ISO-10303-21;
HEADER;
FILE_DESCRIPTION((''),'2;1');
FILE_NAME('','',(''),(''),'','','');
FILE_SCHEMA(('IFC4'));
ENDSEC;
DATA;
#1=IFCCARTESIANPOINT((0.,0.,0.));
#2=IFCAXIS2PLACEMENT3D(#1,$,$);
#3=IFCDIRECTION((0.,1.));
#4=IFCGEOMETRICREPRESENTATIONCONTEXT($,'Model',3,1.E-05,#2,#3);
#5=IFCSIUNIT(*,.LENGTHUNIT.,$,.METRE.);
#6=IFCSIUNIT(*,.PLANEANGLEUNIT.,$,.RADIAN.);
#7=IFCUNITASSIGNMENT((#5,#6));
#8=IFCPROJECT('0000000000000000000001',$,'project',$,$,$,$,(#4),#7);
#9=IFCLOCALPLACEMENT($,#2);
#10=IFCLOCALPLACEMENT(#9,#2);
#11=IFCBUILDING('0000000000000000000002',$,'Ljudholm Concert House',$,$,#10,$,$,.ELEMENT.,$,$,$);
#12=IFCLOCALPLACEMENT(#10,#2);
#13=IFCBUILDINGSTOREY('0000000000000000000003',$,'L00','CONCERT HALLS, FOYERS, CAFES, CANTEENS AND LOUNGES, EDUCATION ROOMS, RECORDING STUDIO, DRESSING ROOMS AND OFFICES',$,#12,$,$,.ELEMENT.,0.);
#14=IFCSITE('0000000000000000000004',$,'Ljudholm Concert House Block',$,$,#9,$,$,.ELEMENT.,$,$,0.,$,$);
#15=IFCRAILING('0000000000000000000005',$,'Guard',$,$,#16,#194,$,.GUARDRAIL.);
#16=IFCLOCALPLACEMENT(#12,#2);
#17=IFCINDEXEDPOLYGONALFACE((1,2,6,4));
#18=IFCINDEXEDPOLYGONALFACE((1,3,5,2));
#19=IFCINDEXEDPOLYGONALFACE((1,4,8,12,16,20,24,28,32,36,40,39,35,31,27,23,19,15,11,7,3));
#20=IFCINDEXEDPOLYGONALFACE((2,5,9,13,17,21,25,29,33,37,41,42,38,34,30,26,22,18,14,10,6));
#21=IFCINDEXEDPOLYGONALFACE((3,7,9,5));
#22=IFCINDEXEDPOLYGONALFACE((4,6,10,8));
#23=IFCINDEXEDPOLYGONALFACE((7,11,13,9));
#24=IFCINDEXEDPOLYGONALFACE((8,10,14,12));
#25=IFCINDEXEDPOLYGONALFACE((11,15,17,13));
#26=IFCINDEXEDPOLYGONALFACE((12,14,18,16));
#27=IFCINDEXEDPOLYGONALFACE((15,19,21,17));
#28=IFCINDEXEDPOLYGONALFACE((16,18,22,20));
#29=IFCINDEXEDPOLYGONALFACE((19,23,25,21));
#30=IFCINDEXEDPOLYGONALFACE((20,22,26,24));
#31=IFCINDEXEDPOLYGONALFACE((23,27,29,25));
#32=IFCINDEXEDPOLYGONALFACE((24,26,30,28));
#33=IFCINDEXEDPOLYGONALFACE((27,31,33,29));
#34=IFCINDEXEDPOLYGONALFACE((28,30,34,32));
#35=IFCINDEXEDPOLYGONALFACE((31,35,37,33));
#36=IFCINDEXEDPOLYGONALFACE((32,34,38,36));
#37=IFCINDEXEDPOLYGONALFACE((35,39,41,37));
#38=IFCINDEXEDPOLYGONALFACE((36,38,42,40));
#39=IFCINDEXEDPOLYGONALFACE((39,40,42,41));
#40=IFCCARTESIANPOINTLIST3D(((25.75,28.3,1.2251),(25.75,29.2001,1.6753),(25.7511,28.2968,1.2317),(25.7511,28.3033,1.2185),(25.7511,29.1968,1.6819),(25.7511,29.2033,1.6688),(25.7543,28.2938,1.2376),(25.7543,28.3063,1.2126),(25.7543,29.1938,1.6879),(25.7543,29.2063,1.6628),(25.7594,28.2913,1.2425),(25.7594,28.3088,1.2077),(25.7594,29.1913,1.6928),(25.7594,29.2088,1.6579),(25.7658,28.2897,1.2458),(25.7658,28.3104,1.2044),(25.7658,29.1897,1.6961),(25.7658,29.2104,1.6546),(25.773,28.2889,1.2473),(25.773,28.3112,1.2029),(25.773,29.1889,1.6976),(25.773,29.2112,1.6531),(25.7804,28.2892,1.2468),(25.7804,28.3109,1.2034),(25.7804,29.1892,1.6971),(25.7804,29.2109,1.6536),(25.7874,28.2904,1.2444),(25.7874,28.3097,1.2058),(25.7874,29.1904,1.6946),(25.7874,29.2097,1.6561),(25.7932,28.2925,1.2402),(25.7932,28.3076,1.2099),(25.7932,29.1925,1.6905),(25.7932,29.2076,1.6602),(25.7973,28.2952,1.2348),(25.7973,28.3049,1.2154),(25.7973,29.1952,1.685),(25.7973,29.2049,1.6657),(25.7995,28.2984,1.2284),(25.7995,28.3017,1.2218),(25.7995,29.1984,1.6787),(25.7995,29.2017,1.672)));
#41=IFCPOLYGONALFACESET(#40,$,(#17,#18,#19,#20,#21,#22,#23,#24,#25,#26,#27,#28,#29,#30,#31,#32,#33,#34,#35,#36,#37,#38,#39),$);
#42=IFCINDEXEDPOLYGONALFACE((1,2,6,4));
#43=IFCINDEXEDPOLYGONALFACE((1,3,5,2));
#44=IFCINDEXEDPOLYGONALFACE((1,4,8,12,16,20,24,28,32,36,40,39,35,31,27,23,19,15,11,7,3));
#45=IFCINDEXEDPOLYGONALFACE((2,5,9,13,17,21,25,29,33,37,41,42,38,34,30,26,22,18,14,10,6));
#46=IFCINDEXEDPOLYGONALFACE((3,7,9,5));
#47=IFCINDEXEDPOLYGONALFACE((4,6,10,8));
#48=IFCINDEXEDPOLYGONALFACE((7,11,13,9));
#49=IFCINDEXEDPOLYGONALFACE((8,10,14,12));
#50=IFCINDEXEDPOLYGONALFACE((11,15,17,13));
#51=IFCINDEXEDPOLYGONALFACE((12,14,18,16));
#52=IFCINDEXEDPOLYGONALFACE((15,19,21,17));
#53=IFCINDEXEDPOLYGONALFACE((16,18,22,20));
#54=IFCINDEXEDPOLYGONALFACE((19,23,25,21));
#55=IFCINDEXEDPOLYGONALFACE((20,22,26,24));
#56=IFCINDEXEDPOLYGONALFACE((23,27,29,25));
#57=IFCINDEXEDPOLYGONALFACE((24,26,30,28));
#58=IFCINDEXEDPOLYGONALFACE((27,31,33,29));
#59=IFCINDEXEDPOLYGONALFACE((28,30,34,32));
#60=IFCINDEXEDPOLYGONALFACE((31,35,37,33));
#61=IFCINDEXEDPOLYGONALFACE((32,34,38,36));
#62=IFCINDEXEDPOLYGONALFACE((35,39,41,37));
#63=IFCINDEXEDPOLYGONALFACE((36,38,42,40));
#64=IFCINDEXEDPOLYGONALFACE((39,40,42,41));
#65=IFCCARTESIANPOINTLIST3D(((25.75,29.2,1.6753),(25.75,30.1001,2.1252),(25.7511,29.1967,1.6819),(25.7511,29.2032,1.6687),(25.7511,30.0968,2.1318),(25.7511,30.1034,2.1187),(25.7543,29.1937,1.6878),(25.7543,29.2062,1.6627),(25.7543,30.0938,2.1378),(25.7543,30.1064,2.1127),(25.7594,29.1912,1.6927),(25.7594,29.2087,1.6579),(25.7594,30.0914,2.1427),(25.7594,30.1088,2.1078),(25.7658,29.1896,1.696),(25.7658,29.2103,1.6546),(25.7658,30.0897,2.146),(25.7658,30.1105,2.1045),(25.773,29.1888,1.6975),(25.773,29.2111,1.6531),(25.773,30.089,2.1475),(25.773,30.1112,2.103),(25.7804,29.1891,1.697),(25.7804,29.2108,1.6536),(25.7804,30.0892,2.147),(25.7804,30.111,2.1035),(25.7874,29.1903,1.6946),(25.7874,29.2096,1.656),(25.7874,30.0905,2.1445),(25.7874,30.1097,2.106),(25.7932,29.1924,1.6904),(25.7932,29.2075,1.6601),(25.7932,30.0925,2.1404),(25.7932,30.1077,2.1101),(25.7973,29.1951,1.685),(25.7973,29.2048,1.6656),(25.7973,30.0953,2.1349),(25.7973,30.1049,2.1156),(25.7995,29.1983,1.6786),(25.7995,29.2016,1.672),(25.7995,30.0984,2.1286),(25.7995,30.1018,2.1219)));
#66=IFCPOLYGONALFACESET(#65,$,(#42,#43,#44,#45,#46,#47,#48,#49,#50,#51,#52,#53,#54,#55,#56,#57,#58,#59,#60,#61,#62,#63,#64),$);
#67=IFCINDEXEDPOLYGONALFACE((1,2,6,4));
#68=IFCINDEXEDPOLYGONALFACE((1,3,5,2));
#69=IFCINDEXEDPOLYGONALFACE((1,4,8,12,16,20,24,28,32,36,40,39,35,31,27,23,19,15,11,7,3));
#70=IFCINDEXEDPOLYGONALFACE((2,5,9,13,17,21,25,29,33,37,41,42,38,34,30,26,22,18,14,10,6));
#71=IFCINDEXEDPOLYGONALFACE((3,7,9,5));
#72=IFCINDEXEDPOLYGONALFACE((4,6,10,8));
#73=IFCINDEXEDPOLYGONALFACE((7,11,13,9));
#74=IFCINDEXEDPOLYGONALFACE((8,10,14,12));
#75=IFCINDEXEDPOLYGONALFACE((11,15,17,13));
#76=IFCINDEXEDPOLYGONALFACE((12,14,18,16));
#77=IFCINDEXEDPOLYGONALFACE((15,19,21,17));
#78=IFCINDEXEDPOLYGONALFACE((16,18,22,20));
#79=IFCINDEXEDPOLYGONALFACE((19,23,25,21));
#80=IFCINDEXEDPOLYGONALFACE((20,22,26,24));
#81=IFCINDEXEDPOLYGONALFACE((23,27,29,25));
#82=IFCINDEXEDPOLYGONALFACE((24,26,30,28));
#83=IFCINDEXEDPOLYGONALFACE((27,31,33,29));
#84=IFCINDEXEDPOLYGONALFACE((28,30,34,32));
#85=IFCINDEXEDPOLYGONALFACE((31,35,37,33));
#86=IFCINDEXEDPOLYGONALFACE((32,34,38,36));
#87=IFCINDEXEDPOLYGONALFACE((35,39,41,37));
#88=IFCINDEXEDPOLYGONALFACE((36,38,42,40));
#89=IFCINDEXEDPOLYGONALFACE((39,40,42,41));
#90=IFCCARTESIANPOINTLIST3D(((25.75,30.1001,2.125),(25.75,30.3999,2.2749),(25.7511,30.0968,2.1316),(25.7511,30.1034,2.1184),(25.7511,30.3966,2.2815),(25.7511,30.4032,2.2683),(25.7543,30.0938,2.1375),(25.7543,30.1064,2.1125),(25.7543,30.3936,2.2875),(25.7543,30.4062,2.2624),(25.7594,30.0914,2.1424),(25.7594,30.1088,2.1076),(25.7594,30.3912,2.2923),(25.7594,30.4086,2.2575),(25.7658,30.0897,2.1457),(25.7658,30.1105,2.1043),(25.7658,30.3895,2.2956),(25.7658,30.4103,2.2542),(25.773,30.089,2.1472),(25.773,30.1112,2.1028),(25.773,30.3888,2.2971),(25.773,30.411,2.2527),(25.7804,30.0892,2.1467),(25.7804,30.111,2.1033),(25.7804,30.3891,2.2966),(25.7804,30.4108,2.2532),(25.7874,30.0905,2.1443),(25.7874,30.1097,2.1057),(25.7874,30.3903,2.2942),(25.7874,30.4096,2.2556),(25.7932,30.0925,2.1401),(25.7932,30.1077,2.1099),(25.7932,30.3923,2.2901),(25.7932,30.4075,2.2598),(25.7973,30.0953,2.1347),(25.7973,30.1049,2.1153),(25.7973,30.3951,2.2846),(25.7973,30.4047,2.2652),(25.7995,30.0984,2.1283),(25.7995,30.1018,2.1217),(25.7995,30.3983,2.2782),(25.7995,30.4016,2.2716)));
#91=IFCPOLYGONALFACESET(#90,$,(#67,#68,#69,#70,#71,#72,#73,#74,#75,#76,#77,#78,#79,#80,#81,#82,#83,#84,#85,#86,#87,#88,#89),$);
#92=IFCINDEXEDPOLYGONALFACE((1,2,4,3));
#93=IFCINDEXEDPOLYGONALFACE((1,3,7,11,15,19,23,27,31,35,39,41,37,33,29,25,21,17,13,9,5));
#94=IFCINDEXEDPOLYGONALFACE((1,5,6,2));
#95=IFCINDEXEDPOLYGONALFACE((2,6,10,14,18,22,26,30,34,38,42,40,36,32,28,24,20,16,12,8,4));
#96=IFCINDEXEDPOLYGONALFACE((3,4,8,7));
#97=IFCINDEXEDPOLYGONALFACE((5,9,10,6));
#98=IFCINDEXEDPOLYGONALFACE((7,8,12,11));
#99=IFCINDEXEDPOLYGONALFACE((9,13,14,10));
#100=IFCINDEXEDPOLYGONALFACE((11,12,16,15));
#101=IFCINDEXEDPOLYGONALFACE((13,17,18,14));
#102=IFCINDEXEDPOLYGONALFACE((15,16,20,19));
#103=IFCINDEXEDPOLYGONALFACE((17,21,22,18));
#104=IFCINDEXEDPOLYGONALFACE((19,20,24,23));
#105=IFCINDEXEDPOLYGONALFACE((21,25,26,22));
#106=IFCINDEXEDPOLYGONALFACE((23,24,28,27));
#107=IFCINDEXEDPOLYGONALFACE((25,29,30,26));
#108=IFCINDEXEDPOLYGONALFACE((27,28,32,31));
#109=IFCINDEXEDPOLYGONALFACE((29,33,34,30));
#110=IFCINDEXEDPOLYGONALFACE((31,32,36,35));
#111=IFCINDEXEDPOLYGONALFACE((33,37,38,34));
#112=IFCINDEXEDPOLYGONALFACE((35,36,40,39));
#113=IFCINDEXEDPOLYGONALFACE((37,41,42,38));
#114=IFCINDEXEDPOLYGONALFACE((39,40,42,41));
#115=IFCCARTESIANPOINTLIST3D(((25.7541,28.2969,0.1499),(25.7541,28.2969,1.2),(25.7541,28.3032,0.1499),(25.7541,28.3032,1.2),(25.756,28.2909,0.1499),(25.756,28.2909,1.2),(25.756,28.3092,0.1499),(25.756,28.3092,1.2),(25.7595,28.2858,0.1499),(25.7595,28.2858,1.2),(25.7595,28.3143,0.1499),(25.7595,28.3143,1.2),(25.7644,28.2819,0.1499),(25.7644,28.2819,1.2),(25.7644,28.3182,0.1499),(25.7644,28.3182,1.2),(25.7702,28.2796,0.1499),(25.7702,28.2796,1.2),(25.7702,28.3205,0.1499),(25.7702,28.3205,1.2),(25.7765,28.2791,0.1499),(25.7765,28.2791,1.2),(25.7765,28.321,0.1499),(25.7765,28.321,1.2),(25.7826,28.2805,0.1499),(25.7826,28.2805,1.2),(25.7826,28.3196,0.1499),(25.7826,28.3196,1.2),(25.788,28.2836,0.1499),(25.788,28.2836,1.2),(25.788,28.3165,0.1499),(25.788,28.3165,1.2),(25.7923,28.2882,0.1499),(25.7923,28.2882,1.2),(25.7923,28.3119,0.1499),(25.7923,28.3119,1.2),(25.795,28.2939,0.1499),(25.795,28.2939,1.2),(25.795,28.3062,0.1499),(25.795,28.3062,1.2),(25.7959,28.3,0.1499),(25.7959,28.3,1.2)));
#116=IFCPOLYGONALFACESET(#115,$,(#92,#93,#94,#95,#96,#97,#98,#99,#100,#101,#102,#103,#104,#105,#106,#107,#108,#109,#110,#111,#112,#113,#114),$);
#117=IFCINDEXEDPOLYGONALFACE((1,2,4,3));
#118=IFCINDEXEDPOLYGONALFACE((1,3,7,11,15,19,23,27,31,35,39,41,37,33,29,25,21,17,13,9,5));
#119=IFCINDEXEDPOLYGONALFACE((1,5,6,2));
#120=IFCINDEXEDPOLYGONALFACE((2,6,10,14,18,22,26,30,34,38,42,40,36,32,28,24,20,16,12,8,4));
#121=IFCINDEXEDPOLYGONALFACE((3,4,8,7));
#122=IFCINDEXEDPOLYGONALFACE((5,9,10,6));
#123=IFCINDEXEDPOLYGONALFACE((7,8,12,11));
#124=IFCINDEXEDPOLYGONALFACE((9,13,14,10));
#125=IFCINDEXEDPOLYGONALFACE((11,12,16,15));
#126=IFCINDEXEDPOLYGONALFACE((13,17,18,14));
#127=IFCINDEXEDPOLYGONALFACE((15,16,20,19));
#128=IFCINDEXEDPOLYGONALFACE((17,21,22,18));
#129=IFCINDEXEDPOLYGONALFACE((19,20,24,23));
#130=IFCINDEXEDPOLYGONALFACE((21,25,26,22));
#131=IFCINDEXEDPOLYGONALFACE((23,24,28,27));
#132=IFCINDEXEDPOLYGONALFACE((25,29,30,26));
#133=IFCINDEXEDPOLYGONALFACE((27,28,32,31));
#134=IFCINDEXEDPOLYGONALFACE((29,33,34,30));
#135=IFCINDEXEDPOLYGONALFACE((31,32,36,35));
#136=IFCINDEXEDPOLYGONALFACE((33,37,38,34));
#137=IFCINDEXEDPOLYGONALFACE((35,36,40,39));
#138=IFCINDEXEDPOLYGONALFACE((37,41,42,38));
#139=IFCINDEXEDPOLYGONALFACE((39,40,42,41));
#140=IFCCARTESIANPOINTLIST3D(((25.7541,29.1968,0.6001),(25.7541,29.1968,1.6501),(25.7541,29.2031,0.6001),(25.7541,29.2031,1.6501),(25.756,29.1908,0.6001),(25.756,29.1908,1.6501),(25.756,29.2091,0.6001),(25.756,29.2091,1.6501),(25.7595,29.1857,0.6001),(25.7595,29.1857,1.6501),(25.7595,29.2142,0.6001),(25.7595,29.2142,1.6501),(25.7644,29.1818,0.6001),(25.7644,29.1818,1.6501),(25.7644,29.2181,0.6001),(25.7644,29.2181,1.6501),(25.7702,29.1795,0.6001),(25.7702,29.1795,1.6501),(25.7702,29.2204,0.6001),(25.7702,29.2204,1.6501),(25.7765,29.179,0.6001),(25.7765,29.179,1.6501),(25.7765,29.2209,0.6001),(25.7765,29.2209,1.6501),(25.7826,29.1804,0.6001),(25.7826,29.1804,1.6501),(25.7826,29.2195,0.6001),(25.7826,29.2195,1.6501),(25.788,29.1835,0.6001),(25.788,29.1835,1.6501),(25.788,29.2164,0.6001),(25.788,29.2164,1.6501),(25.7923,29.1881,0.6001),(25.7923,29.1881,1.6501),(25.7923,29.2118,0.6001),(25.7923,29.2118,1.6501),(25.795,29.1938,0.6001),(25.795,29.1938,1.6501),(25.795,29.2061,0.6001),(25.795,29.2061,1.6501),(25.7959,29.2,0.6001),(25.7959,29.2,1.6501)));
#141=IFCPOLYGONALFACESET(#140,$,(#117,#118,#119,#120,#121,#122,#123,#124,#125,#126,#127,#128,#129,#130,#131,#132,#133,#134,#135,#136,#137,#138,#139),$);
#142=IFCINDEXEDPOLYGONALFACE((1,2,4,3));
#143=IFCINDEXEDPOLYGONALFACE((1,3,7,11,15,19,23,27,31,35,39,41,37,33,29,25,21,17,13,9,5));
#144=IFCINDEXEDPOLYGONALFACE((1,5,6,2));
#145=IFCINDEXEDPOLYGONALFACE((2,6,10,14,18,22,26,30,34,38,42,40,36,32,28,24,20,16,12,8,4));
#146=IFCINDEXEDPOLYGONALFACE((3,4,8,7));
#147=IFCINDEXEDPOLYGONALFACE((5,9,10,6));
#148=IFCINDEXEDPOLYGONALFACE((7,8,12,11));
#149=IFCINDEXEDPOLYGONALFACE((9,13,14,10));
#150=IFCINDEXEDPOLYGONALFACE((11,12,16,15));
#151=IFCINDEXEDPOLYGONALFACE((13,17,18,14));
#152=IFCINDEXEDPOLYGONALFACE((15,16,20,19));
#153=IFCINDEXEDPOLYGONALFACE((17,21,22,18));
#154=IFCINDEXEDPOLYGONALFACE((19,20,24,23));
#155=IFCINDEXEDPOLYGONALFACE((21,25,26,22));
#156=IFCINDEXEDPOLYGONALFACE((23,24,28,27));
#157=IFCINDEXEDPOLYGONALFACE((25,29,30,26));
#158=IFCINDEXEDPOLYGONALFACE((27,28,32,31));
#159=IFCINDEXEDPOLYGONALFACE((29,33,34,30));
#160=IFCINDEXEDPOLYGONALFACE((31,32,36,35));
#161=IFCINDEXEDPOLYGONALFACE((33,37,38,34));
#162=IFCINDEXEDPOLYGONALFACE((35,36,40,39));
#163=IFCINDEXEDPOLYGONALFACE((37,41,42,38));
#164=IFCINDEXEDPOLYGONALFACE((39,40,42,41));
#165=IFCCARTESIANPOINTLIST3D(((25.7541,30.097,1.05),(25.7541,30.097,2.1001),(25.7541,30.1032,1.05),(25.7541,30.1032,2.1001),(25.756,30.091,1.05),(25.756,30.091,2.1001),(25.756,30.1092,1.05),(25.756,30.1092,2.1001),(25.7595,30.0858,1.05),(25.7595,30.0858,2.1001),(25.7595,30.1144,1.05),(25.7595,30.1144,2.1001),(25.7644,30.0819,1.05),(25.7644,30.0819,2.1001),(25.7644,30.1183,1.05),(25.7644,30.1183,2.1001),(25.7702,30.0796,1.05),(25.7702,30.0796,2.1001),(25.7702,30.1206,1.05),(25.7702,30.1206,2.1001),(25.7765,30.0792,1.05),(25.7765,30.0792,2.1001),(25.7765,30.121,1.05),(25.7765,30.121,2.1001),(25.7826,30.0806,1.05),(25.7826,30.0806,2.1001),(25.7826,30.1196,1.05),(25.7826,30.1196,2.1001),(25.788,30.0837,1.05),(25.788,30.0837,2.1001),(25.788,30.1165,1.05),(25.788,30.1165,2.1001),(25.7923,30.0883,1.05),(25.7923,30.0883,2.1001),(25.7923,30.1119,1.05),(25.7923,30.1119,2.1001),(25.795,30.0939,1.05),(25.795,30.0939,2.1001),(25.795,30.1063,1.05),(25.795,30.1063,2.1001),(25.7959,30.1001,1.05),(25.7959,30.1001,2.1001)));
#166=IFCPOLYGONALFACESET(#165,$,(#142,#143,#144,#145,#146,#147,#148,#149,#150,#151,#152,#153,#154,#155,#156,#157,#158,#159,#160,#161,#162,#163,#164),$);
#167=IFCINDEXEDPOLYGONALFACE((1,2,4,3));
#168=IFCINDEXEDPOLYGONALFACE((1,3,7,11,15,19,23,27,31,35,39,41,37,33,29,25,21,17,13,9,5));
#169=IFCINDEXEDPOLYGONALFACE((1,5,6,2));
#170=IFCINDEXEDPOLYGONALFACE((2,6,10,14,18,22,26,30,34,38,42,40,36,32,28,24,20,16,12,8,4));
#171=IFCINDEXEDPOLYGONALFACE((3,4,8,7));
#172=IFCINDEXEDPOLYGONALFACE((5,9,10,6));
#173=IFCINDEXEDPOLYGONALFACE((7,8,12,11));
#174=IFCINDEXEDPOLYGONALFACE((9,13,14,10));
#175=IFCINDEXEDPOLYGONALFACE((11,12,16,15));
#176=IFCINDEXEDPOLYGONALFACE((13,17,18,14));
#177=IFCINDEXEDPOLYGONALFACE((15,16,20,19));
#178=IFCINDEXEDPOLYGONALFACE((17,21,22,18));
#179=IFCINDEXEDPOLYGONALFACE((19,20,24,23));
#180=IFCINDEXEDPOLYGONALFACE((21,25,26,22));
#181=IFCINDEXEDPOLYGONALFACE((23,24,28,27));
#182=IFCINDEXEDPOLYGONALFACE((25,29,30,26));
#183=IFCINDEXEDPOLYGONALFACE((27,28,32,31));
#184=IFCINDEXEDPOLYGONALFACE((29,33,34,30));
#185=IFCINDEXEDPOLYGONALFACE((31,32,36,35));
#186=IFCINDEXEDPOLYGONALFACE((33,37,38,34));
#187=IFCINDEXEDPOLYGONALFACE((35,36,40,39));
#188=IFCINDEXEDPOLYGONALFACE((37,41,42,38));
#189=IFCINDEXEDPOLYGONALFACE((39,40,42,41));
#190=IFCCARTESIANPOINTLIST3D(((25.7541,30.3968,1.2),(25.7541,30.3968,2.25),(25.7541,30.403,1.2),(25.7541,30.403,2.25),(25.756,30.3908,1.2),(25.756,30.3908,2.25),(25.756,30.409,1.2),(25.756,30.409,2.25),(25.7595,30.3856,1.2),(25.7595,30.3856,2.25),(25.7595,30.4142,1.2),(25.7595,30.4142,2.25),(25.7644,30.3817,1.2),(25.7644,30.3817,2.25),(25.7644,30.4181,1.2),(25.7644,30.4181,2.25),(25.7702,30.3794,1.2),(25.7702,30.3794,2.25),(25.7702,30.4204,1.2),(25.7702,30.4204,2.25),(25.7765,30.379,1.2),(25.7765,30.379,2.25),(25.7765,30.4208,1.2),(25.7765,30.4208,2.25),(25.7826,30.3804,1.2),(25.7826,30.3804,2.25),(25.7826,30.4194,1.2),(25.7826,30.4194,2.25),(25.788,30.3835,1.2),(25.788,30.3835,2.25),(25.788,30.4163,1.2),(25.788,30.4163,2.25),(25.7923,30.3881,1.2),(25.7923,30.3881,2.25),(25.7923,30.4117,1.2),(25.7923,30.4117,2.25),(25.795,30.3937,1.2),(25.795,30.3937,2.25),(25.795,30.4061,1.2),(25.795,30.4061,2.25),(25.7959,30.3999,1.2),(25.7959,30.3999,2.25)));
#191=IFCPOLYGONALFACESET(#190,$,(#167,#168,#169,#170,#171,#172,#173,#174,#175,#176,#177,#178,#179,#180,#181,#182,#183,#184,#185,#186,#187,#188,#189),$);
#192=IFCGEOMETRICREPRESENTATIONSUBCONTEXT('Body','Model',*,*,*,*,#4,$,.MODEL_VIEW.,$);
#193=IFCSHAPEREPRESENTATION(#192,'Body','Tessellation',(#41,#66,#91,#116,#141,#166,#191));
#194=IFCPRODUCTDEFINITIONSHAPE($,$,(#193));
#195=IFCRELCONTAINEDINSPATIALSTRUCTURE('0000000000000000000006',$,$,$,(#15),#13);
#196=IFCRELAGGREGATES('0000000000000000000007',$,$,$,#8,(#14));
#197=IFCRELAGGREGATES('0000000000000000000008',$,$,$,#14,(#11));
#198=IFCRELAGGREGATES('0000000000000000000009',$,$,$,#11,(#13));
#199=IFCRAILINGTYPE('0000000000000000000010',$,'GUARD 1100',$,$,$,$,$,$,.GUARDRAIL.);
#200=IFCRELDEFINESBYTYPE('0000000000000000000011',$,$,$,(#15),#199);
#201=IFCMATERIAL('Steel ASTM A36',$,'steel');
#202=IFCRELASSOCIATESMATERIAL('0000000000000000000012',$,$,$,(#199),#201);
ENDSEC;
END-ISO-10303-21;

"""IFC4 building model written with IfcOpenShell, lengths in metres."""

from ifc_helpers import new_model, si_unit, direction, frame, origin, origin_2d, place, context, subcontext, project, spatial, circle, extrude, material, type_object, element, save


model = new_model("IFC4")

# Units and contexts
model_context = context("Model", 3, precision=1e-05, world=origin(), true_north=direction((0.0, 1.0)))
body_context = subcontext(model_context, "Body", "Model", "MODEL_VIEW")
ifc_project = project(units=[si_unit("LENGTHUNIT", "METRE"), si_unit("PLANEANGLEUNIT", "RADIAN")], contexts=[model_context])

# Site, building, storey
site_placement = place(None, origin())
site = spatial("IfcSite", under=ifc_project, at=site_placement, Name="Ljudholm Concert House Block", CompositionType="ELEMENT", RefElevation=0.0)
building_placement = place(site_placement, origin())
building = spatial("IfcBuilding", under=site, at=building_placement, Name="Ljudholm Concert House", CompositionType="ELEMENT")
storey_placement = place(building_placement, origin())
storey = spatial("IfcBuildingStorey", under=building, at=storey_placement, Name="L00", Description="CONCERT HALLS, FOYERS, CAFES, CANTEENS AND LOUNGES, EDUCATION ROOMS, RECORDING STUDIO, DRESSING ROOMS AND OFFICES", CompositionType="ELEMENT", Elevation=0.0)

# Railing
ifc_material_1 = material(Name="Steel ASTM A36", Category="steel")
railing_type_1 = type_object("IfcRailingType", Name="GUARD 1100", PredefinedType="GUARDRAIL", material=ifc_material_1)
for number, where, name in (
    (1, (25.7749, 28.3, 0.1499), "Guard"),
):
    element("IfcRailing", number, at=place(storey_placement, frame(where)), inside=storey, type_object=railing_type_1, Name=name, PredefinedType="GUARDRAIL", context=body_context, shape_type="SweptSolid", body=[
        extrude(circle(Radius=0.0249, at=origin_2d()), frame((0.0, 0.0, 1.0752), z_axis=(0.0, 0.89433, 0.447408), x_axis=(-1.0, 0.0, 0.0)), (0.0, 0.0, 1.0), 1.0063),
        extrude(circle(Radius=0.0249, at=origin_2d()), frame((0.0, 0.8999, 1.5254), z_axis=(0.0, 0.894476, 0.447117), x_axis=(-1.0, 0.0, 0.0)), (0.0, 0.0, 1.0), 1.0063),
        extrude(circle(Radius=0.0249, at=origin_2d()), frame((0.0, 1.8, 1.9751), z_axis=(0.0, 0.894427, 0.447214), x_axis=(-1.0, 0.0, 0.0)), (0.0, 0.0, 1.0), 0.3352),
        extrude(circle(Radius=0.021, at=origin_2d()), origin(), (0.0, 0.0, 1.0), 1.05),
        extrude(circle(Radius=0.021, at=origin_2d()), frame((0.0, 0.8999, 0.4502)), (0.0, 0.0, 1.0), 1.05),
        extrude(circle(Radius=0.021, at=origin_2d()), frame((0.0, 1.8, 0.9001)), (0.0, 0.0, 1.0), 1.05),
        extrude(circle(Radius=0.021, at=origin_2d()), frame((0.0, 2.0999, 1.05)), (0.0, 0.0, 1.0), 1.05),
    ])

save(model, "model.ifc")
